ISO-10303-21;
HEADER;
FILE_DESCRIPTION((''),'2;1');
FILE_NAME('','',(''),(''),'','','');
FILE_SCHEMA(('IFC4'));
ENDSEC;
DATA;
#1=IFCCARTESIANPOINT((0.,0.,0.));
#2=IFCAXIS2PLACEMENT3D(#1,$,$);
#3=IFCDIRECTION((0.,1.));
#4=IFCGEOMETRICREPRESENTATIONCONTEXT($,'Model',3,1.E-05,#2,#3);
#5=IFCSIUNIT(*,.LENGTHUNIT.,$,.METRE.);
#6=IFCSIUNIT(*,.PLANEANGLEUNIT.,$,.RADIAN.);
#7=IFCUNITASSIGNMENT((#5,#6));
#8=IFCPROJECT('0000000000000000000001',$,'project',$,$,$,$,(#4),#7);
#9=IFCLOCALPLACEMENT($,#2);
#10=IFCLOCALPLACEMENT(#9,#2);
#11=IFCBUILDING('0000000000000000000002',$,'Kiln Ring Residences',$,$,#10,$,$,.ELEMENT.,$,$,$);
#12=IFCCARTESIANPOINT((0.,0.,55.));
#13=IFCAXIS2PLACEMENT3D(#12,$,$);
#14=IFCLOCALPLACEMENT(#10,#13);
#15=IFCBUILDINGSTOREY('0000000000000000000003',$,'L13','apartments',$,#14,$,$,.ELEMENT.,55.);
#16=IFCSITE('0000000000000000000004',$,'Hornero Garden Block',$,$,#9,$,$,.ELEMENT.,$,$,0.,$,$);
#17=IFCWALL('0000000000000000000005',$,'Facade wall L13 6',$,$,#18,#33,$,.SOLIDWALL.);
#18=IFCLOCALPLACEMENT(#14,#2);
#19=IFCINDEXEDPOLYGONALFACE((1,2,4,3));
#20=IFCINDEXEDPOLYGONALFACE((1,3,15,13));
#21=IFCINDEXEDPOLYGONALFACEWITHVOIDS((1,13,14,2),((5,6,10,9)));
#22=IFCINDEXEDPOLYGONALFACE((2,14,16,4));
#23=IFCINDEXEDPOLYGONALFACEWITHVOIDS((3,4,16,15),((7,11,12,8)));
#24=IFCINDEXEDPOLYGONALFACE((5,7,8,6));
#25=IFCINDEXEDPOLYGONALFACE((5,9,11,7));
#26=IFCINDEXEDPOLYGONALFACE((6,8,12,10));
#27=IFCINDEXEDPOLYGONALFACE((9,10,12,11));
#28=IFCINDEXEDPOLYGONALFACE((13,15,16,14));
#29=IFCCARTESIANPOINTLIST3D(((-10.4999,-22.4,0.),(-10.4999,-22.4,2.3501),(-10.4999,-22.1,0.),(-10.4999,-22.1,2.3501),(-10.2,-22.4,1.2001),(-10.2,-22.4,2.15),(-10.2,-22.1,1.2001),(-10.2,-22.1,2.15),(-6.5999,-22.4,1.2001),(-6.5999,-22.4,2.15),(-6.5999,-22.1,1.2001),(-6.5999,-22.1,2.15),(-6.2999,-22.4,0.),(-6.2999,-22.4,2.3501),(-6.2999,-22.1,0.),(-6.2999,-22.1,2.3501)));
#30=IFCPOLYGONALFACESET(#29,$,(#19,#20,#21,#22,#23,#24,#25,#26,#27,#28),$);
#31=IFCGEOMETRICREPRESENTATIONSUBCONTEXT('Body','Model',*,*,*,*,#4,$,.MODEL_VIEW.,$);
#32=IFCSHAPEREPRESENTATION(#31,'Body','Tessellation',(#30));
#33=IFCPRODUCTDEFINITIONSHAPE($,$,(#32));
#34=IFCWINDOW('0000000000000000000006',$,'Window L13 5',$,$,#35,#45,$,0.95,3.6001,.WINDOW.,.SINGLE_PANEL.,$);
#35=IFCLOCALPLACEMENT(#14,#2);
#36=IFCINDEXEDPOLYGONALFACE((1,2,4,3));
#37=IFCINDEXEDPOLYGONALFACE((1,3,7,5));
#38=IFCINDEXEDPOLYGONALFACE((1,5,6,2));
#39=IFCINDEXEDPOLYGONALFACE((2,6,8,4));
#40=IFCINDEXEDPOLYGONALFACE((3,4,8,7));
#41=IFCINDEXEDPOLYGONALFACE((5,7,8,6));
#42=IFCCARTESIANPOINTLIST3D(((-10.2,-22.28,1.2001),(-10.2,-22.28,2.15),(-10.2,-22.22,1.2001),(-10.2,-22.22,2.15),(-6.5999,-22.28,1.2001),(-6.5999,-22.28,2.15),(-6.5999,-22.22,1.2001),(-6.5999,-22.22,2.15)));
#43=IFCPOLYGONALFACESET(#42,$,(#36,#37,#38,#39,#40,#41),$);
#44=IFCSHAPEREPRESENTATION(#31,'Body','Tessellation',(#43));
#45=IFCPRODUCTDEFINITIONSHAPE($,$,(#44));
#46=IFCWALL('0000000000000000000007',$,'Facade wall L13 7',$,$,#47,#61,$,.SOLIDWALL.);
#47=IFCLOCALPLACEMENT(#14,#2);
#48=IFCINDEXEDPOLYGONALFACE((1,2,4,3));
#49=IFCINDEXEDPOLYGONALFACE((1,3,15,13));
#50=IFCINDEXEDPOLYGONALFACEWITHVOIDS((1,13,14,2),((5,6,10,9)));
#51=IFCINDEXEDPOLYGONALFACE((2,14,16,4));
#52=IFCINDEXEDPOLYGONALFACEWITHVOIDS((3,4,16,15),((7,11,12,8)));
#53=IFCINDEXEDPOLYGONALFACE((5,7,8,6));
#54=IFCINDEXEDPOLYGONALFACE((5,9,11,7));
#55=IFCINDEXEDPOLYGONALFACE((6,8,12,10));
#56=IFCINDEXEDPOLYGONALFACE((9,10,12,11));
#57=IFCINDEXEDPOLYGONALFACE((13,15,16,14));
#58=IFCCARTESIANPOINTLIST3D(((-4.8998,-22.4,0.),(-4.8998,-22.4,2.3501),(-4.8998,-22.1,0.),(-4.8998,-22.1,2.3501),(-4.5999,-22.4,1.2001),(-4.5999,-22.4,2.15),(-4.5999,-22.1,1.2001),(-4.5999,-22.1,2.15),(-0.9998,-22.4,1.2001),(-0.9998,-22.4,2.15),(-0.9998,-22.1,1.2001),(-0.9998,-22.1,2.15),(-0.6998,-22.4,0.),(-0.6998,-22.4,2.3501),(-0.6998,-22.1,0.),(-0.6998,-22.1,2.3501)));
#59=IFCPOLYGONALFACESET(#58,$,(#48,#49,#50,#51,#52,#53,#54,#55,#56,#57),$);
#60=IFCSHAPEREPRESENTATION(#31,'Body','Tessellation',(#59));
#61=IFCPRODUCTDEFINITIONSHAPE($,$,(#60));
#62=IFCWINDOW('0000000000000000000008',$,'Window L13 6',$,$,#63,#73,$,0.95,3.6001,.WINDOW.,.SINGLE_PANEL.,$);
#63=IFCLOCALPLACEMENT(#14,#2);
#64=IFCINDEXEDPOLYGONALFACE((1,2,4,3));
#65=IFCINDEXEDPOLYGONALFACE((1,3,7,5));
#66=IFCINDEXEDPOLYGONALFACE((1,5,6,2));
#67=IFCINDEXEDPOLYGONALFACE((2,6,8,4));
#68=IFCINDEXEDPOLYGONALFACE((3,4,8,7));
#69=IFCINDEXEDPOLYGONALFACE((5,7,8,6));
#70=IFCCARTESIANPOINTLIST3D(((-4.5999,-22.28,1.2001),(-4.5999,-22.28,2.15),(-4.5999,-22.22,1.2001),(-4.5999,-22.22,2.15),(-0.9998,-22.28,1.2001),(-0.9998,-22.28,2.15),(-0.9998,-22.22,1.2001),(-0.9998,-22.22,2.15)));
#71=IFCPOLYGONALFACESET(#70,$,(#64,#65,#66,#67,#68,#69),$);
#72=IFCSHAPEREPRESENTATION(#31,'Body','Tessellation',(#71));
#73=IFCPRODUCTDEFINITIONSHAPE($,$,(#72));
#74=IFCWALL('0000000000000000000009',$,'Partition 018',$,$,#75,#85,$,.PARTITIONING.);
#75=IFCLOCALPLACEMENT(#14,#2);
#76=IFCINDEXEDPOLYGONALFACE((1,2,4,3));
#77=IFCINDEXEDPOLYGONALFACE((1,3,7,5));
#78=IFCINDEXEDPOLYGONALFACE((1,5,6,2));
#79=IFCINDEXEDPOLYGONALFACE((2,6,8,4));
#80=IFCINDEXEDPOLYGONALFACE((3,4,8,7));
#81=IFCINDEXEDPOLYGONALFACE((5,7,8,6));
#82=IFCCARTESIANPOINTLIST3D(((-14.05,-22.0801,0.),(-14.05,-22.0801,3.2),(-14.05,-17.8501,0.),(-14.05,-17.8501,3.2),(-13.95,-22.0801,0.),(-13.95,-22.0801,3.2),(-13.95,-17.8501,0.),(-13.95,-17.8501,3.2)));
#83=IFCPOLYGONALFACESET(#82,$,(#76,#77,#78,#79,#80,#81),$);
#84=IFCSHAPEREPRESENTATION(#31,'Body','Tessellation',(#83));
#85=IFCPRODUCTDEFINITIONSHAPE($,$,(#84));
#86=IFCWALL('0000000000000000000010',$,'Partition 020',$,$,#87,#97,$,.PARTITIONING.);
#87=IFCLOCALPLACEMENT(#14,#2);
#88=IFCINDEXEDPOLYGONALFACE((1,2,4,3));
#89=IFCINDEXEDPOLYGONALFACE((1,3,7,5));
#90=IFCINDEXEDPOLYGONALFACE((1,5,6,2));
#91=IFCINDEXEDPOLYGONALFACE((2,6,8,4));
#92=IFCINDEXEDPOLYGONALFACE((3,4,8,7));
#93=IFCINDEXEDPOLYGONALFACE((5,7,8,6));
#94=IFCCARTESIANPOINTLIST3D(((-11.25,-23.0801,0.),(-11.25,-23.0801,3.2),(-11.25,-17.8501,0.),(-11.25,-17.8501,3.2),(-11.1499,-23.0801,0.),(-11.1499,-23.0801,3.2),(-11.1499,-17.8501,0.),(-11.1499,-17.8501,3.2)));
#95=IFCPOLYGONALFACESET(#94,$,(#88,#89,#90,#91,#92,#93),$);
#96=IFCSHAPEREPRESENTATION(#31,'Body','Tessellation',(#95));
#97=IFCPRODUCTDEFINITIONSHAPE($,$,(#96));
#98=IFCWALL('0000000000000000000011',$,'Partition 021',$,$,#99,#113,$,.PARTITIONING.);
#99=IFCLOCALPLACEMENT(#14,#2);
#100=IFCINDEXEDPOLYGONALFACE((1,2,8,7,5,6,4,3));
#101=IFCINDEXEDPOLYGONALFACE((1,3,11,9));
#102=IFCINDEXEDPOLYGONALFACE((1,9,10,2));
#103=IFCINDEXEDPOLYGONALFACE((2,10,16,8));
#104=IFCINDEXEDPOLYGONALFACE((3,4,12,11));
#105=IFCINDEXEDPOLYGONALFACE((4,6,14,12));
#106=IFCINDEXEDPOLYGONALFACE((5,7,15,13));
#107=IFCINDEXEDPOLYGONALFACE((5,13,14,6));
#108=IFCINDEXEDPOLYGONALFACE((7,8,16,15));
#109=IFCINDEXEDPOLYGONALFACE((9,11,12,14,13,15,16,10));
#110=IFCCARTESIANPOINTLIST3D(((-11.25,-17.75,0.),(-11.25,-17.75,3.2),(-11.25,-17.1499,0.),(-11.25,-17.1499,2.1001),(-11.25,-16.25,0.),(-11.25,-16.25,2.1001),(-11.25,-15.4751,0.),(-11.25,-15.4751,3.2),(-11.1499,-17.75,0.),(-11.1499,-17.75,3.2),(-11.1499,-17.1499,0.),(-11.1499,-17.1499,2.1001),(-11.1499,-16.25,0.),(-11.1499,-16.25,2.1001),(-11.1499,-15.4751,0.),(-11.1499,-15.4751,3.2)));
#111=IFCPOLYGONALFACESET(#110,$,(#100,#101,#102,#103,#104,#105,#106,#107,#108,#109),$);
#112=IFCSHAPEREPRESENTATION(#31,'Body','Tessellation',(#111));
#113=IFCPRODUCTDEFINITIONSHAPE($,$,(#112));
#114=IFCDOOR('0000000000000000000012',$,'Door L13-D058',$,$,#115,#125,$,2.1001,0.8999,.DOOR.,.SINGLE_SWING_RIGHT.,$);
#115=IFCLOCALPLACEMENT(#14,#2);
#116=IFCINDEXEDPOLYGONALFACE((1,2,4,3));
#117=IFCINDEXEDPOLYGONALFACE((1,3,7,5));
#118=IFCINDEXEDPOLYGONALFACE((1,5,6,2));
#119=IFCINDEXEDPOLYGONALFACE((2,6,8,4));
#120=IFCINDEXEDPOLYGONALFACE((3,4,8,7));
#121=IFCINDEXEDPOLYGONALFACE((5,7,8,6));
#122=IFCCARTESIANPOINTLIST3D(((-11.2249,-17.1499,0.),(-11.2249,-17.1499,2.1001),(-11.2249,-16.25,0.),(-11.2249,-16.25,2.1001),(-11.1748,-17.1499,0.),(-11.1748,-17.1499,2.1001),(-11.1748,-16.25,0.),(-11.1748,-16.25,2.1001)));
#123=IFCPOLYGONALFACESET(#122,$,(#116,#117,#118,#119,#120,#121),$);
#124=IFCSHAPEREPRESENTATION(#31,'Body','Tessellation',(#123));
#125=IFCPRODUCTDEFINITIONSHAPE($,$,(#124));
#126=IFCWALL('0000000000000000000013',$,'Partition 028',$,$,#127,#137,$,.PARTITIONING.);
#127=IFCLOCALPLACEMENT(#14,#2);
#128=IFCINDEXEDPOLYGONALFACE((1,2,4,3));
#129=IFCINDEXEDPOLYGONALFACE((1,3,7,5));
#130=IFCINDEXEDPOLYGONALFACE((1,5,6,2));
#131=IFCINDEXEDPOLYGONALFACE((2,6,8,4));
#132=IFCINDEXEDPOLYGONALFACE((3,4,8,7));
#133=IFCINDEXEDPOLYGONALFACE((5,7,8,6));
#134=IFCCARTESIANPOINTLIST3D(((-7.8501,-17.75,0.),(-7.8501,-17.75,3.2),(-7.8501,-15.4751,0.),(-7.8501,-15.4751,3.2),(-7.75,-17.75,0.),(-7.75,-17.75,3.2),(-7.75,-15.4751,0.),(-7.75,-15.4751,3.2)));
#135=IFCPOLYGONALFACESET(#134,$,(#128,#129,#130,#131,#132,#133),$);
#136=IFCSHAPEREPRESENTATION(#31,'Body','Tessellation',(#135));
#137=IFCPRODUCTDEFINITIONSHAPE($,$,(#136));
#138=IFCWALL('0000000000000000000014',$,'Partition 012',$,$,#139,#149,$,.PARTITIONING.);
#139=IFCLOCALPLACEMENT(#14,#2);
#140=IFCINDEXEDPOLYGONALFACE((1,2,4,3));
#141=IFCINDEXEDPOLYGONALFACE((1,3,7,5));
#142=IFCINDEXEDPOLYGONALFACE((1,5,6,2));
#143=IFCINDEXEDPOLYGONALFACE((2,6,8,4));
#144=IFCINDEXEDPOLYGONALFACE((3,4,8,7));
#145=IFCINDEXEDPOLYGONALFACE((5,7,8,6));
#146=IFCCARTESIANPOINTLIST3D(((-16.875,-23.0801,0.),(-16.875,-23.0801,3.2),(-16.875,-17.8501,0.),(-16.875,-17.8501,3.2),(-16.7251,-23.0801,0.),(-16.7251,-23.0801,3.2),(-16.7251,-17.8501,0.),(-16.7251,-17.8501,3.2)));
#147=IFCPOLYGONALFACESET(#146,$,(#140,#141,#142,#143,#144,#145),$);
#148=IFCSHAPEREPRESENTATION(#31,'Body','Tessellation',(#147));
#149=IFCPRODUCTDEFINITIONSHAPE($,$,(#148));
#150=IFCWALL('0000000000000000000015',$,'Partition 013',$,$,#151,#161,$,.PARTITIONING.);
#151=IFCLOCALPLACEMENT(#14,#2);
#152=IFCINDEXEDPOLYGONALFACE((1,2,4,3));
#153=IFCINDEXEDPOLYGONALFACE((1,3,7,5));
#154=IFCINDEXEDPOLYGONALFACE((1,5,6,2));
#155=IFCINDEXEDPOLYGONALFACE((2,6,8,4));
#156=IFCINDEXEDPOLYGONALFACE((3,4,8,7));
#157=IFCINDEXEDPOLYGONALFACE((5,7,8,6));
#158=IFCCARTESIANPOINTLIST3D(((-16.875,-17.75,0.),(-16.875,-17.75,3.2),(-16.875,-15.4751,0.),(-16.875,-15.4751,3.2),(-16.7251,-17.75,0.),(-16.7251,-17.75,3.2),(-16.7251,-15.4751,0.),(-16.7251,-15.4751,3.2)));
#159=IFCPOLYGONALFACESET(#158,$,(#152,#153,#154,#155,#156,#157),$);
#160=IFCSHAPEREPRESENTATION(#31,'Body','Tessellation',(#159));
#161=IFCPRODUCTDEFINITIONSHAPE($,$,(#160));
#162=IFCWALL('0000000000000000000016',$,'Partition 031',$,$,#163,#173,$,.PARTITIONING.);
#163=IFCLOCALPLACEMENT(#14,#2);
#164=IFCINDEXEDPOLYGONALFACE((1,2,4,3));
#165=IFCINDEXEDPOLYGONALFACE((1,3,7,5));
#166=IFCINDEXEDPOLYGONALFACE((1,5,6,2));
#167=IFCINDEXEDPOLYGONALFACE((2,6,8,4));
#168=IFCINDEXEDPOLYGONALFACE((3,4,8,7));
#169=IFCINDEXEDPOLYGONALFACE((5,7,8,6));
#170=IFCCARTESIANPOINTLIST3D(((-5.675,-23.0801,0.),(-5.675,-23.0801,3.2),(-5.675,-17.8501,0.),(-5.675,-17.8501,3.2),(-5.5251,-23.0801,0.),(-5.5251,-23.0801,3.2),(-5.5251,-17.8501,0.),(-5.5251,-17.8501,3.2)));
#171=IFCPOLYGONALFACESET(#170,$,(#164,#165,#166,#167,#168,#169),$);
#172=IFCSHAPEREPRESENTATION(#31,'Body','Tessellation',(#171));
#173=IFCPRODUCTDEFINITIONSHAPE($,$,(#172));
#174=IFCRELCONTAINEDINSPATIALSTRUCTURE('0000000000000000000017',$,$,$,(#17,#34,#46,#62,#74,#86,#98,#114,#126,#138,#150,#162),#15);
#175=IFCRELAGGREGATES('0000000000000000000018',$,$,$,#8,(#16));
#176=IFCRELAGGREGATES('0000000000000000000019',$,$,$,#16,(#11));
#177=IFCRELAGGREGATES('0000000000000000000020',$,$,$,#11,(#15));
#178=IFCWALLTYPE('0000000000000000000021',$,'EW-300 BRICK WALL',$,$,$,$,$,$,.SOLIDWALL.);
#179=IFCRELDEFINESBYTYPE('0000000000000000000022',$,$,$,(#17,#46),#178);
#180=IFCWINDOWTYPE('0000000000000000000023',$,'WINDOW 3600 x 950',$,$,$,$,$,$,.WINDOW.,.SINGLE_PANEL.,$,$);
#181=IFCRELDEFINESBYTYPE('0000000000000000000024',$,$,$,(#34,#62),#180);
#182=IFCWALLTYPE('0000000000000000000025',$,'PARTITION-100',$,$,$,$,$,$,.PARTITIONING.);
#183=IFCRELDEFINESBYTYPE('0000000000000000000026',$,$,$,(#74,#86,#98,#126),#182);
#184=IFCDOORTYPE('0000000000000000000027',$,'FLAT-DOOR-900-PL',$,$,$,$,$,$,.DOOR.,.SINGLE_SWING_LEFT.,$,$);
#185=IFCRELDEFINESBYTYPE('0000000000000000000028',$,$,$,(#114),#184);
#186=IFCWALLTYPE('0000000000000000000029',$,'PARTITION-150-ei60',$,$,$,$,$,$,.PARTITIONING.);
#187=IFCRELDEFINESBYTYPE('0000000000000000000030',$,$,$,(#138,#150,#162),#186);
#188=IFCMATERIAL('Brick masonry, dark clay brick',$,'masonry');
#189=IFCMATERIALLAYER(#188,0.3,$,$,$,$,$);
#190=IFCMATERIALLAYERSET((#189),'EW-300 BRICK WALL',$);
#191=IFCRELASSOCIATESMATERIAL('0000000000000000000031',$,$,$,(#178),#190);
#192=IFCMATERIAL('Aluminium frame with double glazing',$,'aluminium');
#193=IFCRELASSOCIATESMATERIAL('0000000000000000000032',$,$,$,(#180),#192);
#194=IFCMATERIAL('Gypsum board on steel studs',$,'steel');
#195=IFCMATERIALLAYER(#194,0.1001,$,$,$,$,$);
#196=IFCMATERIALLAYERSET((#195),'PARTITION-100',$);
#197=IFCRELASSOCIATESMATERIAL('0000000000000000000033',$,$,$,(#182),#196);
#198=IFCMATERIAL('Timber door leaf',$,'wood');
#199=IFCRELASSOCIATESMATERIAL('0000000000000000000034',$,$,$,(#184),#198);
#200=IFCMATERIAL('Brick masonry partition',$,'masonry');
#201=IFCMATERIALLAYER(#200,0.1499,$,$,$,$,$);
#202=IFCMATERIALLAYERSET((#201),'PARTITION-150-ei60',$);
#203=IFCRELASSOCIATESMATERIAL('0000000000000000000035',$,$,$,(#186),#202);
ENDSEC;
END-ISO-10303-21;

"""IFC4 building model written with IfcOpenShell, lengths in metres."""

from ifc_helpers import new_model, si_unit, direction, frame, frame_2d, origin, place, context, subcontext, project, spatial, rectangle, extrude, material, layer, layer_set, type_object, element, fill, save


model = new_model("IFC4")

# Units and contexts
model_context = context("Model", 3, precision=1e-05, world=origin(), true_north=direction((0.0, 1.0)))
body_context = subcontext(model_context, "Body", "Model", "MODEL_VIEW")
ifc_project = project(units=[si_unit("LENGTHUNIT", "METRE"), si_unit("PLANEANGLEUNIT", "RADIAN")], contexts=[model_context])

# Site, building, storey
site_placement = place(None, origin())
site = spatial("IfcSite", under=ifc_project, at=site_placement, Name="Hornero Garden Block", CompositionType="ELEMENT", RefElevation=0.0)
building_placement = place(site_placement, origin())
building = spatial("IfcBuilding", under=site, at=building_placement, Name="Kiln Ring Residences", CompositionType="ELEMENT")
storey_placement = place(building_placement, frame((0.0, 0.0, 55.0)))
storey = spatial("IfcBuildingStorey", under=building, at=storey_placement, Name="L13", Description="apartments", CompositionType="ELEMENT", Elevation=55.0)

# Shared definitions
ifc_material_1 = material(Name="Brick masonry, dark clay brick", Category="masonry")
ifc_layer_1 = layer(ifc_material_1, 0.3)
ifc_layer_set_1 = layer_set([ifc_layer_1], Name="EW-300 BRICK WALL")
wall_type_1 = type_object("IfcWallType", Name="EW-300 BRICK WALL", PredefinedType="SOLIDWALL", material=ifc_layer_set_1)

# Walls, openings, windows
wall_1_placement = place(storey_placement, frame((-10.5, -22.25, 0.0), z_axis=(0.0, 0.0, 1.0), x_axis=(1.0, 0.0, 0.0)))
wall_1 = element("IfcWall", 1, at=wall_1_placement, inside=storey, type_object=wall_type_1, Name="Facade wall L13 6", PredefinedType="SOLIDWALL", context=body_context, shape_type="SweptSolid", body=[
    extrude(rectangle(XDim=4.2, YDim=0.3, at=frame_2d((2.1001, 0.0))), origin(), (0.0, 0.0, 1.0), 2.3501),
])
opening_1_placement = place(wall_1_placement, frame((0.3, 0.0, 1.2)))
opening_1 = element("IfcOpeningElement", 2, at=opening_1_placement, cuts=wall_1, PredefinedType="OPENING", context=body_context, shape_type="SweptSolid", body=[
    extrude(rectangle(XDim=3.6001, YDim=0.95, at=frame_2d((1.8, 0.4751))), frame((0.0, 0.1599, 0.0), z_axis=(0.0, -1.0, 0.0), x_axis=(1.0, 0.0, 0.0)), (0.0, 0.0, 1.0), 0.3201),
])
ifc_material_2 = material(Name="Aluminium frame with double glazing", Category="aluminium")
window_type_1 = type_object("IfcWindowType", Name="WINDOW 3600 x 950", PartitioningType="SINGLE_PANEL", PredefinedType="WINDOW", material=ifc_material_2)
window_1_placement = place(opening_1_placement, origin())
window_1 = element("IfcWindow", 3, at=window_1_placement, inside=storey, type_object=window_type_1, Name="Window L13 5", OverallHeight=0.95, OverallWidth=3.6001, PartitioningType="SINGLE_PANEL", PredefinedType="WINDOW", context=body_context, shape_type="SweptSolid", body=[
    extrude(rectangle(XDim=3.6001, YDim=0.95, at=frame_2d((1.8, 0.4751))), frame((0.0, 0.03, 0.0), z_axis=(0.0, -1.0, 0.0), x_axis=(1.0, 0.0, 0.0)), (0.0, 0.0, 1.0), 0.0601),
])
fill(opening_1, window_1)
wall_2_placement = place(storey_placement, frame((-4.8999, -22.25, 0.0), z_axis=(0.0, 0.0, 1.0), x_axis=(1.0, 0.0, 0.0)))
wall_2 = element("IfcWall", 4, at=wall_2_placement, inside=storey, type_object=wall_type_1, Name="Facade wall L13 7", PredefinedType="SOLIDWALL", context=body_context, shape_type="SweptSolid", body=[
    extrude(rectangle(XDim=4.2, YDim=0.3, at=frame_2d((2.1001, 0.0))), origin(), (0.0, 0.0, 1.0), 2.3501),
])
opening_2_placement = place(wall_2_placement, frame((0.3, 0.0, 1.2)))
opening_2 = element("IfcOpeningElement", 5, at=opening_2_placement, cuts=wall_2, PredefinedType="OPENING", context=body_context, shape_type="SweptSolid", body=[
    extrude(rectangle(XDim=3.6001, YDim=0.95, at=frame_2d((1.8, 0.4751))), frame((0.0, 0.1599, 0.0), z_axis=(0.0, -1.0, 0.0), x_axis=(1.0, 0.0, 0.0)), (0.0, 0.0, 1.0), 0.3201),
])
window_2_placement = place(opening_2_placement, origin())
window_2 = element("IfcWindow", 6, at=window_2_placement, inside=storey, type_object=window_type_1, Name="Window L13 6", OverallHeight=0.95, OverallWidth=3.6001, PartitioningType="SINGLE_PANEL", PredefinedType="WINDOW", context=body_context, shape_type="SweptSolid", body=[
    extrude(rectangle(XDim=3.6001, YDim=0.95, at=frame_2d((1.8, 0.4751))), frame((0.0, 0.03, 0.0), z_axis=(0.0, -1.0, 0.0), x_axis=(1.0, 0.0, 0.0)), (0.0, 0.0, 1.0), 0.0601),
])
fill(opening_2, window_2)

# Walls
ifc_material_3 = material(Name="Gypsum board on steel studs", Category="steel")
ifc_layer_2 = layer(ifc_material_3, 0.1001)
ifc_layer_set_2 = layer_set([ifc_layer_2], Name="PARTITION-100")
wall_type_2 = type_object("IfcWallType", Name="PARTITION-100", PredefinedType="PARTITIONING", material=ifc_layer_set_2)
wall_3_placement = place(storey_placement, frame((-14.0, -22.0801, 0.0), z_axis=(0.0, 0.0, 1.0), x_axis=(0.0, 1.0, 0.0)))
element("IfcWall", 7, at=wall_3_placement, inside=storey, type_object=wall_type_2, Name="Partition 018", PredefinedType="PARTITIONING", context=body_context, shape_type="SweptSolid", body=[
    extrude(rectangle(XDim=4.23, YDim=0.1001, at=frame_2d((2.115, 0.0))), origin(), (0.0, 0.0, 1.0), 3.2),
])
wall_4_placement = place(storey_placement, frame((-11.2, -23.0801, 0.0), z_axis=(0.0, 0.0, 1.0), x_axis=(0.0, 1.0, 0.0)))
element("IfcWall", 8, at=wall_4_placement, inside=storey, type_object=wall_type_2, Name="Partition 020", PredefinedType="PARTITIONING", context=body_context, shape_type="SweptSolid", body=[
    extrude(rectangle(XDim=5.23, YDim=0.1001, at=frame_2d((2.615, 0.0))), origin(), (0.0, 0.0, 1.0), 3.2),
])

# Wall, opening, door
wall_5_placement = place(storey_placement, frame((-11.2, -17.75, 0.0), z_axis=(0.0, 0.0, 1.0), x_axis=(0.0, 1.0, 0.0)))
wall_5 = element("IfcWall", 9, at=wall_5_placement, inside=storey, type_object=wall_type_2, Name="Partition 021", PredefinedType="PARTITIONING", context=body_context, shape_type="SweptSolid", body=[
    extrude(rectangle(XDim=2.2749, YDim=0.1001, at=frame_2d((1.1375, 0.0))), origin(), (0.0, 0.0, 1.0), 3.2),
])
opening_3_placement = place(wall_5_placement, frame((0.6001, 0.0, 0.0)))
opening_3 = element("IfcOpeningElement", 10, at=opening_3_placement, cuts=wall_5, PredefinedType="OPENING", context=body_context, shape_type="SweptSolid", body=[
    extrude(rectangle(XDim=0.8999, YDim=2.1001, at=frame_2d((0.45, 1.05))), frame((0.0, 0.0601, 0.0), z_axis=(0.0, -1.0, 0.0), x_axis=(1.0, 0.0, 0.0)), (0.0, 0.0, 1.0), 0.1201),
])
ifc_material_4 = material(Name="Timber door leaf", Category="wood")
door_type = type_object("IfcDoorType", Name="FLAT-DOOR-900-PL", OperationType="SINGLE_SWING_LEFT", PredefinedType="DOOR", material=ifc_material_4)
door_placement = place(opening_3_placement, origin())
door = element("IfcDoor", 11, at=door_placement, inside=storey, type_object=door_type, Name="Door L13-D058", OperationType="SINGLE_SWING_RIGHT", OverallHeight=2.1001, OverallWidth=0.8999, PredefinedType="DOOR", context=body_context, shape_type="SweptSolid", body=[
    extrude(rectangle(XDim=0.8999, YDim=2.1001, at=frame_2d((0.45, 1.05))), frame((0.0, 0.0249, 0.0), z_axis=(0.0, -1.0, 0.0), x_axis=(1.0, 0.0, 0.0)), (0.0, 0.0, 1.0), 0.05),
])
fill(opening_3, door)

# Walls
wall_6_placement = place(storey_placement, frame((-7.8, -17.75, 0.0), z_axis=(0.0, 0.0, 1.0), x_axis=(0.0, 1.0, 0.0)))
element("IfcWall", 12, at=wall_6_placement, inside=storey, type_object=wall_type_2, Name="Partition 028", PredefinedType="PARTITIONING", context=body_context, shape_type="SweptSolid", body=[
    extrude(rectangle(XDim=2.2749, YDim=0.1001, at=frame_2d((1.1375, 0.0))), origin(), (0.0, 0.0, 1.0), 3.2),
])
ifc_material_5 = material(Name="Brick masonry partition", Category="masonry")
ifc_layer_3 = layer(ifc_material_5, 0.1499)
ifc_layer_set_3 = layer_set([ifc_layer_3], Name="PARTITION-150-ei60")
wall_type_3 = type_object("IfcWallType", Name="PARTITION-150-ei60", PredefinedType="PARTITIONING", material=ifc_layer_set_3)
wall_7_placement = place(storey_placement, frame((-16.8, -23.0801, 0.0), z_axis=(0.0, 0.0, 1.0), x_axis=(0.0, 1.0, 0.0)))
element("IfcWall", 13, at=wall_7_placement, inside=storey, type_object=wall_type_3, Name="Partition 012", PredefinedType="PARTITIONING", context=body_context, shape_type="SweptSolid", body=[
    extrude(rectangle(XDim=5.23, YDim=0.1499, at=frame_2d((2.615, 0.0))), origin(), (0.0, 0.0, 1.0), 3.2),
])
wall_8_placement = place(storey_placement, frame((-16.8, -17.75, 0.0), z_axis=(0.0, 0.0, 1.0), x_axis=(0.0, 1.0, 0.0)))
element("IfcWall", 14, at=wall_8_placement, inside=storey, type_object=wall_type_3, Name="Partition 013", PredefinedType="PARTITIONING", context=body_context, shape_type="SweptSolid", body=[
    extrude(rectangle(XDim=2.2749, YDim=0.1499, at=frame_2d((1.1375, 0.0))), origin(), (0.0, 0.0, 1.0), 3.2),
])
wall_9_placement = place(storey_placement, frame((-5.6001, -23.0801, 0.0), z_axis=(0.0, 0.0, 1.0), x_axis=(0.0, 1.0, 0.0)))
element("IfcWall", 15, at=wall_9_placement, inside=storey, type_object=wall_type_3, Name="Partition 031", PredefinedType="PARTITIONING", context=body_context, shape_type="SweptSolid", body=[
    extrude(rectangle(XDim=5.23, YDim=0.1499, at=frame_2d((2.615, 0.0))), origin(), (0.0, 0.0, 1.0), 3.2),
])

save(model, "model.ifc")
